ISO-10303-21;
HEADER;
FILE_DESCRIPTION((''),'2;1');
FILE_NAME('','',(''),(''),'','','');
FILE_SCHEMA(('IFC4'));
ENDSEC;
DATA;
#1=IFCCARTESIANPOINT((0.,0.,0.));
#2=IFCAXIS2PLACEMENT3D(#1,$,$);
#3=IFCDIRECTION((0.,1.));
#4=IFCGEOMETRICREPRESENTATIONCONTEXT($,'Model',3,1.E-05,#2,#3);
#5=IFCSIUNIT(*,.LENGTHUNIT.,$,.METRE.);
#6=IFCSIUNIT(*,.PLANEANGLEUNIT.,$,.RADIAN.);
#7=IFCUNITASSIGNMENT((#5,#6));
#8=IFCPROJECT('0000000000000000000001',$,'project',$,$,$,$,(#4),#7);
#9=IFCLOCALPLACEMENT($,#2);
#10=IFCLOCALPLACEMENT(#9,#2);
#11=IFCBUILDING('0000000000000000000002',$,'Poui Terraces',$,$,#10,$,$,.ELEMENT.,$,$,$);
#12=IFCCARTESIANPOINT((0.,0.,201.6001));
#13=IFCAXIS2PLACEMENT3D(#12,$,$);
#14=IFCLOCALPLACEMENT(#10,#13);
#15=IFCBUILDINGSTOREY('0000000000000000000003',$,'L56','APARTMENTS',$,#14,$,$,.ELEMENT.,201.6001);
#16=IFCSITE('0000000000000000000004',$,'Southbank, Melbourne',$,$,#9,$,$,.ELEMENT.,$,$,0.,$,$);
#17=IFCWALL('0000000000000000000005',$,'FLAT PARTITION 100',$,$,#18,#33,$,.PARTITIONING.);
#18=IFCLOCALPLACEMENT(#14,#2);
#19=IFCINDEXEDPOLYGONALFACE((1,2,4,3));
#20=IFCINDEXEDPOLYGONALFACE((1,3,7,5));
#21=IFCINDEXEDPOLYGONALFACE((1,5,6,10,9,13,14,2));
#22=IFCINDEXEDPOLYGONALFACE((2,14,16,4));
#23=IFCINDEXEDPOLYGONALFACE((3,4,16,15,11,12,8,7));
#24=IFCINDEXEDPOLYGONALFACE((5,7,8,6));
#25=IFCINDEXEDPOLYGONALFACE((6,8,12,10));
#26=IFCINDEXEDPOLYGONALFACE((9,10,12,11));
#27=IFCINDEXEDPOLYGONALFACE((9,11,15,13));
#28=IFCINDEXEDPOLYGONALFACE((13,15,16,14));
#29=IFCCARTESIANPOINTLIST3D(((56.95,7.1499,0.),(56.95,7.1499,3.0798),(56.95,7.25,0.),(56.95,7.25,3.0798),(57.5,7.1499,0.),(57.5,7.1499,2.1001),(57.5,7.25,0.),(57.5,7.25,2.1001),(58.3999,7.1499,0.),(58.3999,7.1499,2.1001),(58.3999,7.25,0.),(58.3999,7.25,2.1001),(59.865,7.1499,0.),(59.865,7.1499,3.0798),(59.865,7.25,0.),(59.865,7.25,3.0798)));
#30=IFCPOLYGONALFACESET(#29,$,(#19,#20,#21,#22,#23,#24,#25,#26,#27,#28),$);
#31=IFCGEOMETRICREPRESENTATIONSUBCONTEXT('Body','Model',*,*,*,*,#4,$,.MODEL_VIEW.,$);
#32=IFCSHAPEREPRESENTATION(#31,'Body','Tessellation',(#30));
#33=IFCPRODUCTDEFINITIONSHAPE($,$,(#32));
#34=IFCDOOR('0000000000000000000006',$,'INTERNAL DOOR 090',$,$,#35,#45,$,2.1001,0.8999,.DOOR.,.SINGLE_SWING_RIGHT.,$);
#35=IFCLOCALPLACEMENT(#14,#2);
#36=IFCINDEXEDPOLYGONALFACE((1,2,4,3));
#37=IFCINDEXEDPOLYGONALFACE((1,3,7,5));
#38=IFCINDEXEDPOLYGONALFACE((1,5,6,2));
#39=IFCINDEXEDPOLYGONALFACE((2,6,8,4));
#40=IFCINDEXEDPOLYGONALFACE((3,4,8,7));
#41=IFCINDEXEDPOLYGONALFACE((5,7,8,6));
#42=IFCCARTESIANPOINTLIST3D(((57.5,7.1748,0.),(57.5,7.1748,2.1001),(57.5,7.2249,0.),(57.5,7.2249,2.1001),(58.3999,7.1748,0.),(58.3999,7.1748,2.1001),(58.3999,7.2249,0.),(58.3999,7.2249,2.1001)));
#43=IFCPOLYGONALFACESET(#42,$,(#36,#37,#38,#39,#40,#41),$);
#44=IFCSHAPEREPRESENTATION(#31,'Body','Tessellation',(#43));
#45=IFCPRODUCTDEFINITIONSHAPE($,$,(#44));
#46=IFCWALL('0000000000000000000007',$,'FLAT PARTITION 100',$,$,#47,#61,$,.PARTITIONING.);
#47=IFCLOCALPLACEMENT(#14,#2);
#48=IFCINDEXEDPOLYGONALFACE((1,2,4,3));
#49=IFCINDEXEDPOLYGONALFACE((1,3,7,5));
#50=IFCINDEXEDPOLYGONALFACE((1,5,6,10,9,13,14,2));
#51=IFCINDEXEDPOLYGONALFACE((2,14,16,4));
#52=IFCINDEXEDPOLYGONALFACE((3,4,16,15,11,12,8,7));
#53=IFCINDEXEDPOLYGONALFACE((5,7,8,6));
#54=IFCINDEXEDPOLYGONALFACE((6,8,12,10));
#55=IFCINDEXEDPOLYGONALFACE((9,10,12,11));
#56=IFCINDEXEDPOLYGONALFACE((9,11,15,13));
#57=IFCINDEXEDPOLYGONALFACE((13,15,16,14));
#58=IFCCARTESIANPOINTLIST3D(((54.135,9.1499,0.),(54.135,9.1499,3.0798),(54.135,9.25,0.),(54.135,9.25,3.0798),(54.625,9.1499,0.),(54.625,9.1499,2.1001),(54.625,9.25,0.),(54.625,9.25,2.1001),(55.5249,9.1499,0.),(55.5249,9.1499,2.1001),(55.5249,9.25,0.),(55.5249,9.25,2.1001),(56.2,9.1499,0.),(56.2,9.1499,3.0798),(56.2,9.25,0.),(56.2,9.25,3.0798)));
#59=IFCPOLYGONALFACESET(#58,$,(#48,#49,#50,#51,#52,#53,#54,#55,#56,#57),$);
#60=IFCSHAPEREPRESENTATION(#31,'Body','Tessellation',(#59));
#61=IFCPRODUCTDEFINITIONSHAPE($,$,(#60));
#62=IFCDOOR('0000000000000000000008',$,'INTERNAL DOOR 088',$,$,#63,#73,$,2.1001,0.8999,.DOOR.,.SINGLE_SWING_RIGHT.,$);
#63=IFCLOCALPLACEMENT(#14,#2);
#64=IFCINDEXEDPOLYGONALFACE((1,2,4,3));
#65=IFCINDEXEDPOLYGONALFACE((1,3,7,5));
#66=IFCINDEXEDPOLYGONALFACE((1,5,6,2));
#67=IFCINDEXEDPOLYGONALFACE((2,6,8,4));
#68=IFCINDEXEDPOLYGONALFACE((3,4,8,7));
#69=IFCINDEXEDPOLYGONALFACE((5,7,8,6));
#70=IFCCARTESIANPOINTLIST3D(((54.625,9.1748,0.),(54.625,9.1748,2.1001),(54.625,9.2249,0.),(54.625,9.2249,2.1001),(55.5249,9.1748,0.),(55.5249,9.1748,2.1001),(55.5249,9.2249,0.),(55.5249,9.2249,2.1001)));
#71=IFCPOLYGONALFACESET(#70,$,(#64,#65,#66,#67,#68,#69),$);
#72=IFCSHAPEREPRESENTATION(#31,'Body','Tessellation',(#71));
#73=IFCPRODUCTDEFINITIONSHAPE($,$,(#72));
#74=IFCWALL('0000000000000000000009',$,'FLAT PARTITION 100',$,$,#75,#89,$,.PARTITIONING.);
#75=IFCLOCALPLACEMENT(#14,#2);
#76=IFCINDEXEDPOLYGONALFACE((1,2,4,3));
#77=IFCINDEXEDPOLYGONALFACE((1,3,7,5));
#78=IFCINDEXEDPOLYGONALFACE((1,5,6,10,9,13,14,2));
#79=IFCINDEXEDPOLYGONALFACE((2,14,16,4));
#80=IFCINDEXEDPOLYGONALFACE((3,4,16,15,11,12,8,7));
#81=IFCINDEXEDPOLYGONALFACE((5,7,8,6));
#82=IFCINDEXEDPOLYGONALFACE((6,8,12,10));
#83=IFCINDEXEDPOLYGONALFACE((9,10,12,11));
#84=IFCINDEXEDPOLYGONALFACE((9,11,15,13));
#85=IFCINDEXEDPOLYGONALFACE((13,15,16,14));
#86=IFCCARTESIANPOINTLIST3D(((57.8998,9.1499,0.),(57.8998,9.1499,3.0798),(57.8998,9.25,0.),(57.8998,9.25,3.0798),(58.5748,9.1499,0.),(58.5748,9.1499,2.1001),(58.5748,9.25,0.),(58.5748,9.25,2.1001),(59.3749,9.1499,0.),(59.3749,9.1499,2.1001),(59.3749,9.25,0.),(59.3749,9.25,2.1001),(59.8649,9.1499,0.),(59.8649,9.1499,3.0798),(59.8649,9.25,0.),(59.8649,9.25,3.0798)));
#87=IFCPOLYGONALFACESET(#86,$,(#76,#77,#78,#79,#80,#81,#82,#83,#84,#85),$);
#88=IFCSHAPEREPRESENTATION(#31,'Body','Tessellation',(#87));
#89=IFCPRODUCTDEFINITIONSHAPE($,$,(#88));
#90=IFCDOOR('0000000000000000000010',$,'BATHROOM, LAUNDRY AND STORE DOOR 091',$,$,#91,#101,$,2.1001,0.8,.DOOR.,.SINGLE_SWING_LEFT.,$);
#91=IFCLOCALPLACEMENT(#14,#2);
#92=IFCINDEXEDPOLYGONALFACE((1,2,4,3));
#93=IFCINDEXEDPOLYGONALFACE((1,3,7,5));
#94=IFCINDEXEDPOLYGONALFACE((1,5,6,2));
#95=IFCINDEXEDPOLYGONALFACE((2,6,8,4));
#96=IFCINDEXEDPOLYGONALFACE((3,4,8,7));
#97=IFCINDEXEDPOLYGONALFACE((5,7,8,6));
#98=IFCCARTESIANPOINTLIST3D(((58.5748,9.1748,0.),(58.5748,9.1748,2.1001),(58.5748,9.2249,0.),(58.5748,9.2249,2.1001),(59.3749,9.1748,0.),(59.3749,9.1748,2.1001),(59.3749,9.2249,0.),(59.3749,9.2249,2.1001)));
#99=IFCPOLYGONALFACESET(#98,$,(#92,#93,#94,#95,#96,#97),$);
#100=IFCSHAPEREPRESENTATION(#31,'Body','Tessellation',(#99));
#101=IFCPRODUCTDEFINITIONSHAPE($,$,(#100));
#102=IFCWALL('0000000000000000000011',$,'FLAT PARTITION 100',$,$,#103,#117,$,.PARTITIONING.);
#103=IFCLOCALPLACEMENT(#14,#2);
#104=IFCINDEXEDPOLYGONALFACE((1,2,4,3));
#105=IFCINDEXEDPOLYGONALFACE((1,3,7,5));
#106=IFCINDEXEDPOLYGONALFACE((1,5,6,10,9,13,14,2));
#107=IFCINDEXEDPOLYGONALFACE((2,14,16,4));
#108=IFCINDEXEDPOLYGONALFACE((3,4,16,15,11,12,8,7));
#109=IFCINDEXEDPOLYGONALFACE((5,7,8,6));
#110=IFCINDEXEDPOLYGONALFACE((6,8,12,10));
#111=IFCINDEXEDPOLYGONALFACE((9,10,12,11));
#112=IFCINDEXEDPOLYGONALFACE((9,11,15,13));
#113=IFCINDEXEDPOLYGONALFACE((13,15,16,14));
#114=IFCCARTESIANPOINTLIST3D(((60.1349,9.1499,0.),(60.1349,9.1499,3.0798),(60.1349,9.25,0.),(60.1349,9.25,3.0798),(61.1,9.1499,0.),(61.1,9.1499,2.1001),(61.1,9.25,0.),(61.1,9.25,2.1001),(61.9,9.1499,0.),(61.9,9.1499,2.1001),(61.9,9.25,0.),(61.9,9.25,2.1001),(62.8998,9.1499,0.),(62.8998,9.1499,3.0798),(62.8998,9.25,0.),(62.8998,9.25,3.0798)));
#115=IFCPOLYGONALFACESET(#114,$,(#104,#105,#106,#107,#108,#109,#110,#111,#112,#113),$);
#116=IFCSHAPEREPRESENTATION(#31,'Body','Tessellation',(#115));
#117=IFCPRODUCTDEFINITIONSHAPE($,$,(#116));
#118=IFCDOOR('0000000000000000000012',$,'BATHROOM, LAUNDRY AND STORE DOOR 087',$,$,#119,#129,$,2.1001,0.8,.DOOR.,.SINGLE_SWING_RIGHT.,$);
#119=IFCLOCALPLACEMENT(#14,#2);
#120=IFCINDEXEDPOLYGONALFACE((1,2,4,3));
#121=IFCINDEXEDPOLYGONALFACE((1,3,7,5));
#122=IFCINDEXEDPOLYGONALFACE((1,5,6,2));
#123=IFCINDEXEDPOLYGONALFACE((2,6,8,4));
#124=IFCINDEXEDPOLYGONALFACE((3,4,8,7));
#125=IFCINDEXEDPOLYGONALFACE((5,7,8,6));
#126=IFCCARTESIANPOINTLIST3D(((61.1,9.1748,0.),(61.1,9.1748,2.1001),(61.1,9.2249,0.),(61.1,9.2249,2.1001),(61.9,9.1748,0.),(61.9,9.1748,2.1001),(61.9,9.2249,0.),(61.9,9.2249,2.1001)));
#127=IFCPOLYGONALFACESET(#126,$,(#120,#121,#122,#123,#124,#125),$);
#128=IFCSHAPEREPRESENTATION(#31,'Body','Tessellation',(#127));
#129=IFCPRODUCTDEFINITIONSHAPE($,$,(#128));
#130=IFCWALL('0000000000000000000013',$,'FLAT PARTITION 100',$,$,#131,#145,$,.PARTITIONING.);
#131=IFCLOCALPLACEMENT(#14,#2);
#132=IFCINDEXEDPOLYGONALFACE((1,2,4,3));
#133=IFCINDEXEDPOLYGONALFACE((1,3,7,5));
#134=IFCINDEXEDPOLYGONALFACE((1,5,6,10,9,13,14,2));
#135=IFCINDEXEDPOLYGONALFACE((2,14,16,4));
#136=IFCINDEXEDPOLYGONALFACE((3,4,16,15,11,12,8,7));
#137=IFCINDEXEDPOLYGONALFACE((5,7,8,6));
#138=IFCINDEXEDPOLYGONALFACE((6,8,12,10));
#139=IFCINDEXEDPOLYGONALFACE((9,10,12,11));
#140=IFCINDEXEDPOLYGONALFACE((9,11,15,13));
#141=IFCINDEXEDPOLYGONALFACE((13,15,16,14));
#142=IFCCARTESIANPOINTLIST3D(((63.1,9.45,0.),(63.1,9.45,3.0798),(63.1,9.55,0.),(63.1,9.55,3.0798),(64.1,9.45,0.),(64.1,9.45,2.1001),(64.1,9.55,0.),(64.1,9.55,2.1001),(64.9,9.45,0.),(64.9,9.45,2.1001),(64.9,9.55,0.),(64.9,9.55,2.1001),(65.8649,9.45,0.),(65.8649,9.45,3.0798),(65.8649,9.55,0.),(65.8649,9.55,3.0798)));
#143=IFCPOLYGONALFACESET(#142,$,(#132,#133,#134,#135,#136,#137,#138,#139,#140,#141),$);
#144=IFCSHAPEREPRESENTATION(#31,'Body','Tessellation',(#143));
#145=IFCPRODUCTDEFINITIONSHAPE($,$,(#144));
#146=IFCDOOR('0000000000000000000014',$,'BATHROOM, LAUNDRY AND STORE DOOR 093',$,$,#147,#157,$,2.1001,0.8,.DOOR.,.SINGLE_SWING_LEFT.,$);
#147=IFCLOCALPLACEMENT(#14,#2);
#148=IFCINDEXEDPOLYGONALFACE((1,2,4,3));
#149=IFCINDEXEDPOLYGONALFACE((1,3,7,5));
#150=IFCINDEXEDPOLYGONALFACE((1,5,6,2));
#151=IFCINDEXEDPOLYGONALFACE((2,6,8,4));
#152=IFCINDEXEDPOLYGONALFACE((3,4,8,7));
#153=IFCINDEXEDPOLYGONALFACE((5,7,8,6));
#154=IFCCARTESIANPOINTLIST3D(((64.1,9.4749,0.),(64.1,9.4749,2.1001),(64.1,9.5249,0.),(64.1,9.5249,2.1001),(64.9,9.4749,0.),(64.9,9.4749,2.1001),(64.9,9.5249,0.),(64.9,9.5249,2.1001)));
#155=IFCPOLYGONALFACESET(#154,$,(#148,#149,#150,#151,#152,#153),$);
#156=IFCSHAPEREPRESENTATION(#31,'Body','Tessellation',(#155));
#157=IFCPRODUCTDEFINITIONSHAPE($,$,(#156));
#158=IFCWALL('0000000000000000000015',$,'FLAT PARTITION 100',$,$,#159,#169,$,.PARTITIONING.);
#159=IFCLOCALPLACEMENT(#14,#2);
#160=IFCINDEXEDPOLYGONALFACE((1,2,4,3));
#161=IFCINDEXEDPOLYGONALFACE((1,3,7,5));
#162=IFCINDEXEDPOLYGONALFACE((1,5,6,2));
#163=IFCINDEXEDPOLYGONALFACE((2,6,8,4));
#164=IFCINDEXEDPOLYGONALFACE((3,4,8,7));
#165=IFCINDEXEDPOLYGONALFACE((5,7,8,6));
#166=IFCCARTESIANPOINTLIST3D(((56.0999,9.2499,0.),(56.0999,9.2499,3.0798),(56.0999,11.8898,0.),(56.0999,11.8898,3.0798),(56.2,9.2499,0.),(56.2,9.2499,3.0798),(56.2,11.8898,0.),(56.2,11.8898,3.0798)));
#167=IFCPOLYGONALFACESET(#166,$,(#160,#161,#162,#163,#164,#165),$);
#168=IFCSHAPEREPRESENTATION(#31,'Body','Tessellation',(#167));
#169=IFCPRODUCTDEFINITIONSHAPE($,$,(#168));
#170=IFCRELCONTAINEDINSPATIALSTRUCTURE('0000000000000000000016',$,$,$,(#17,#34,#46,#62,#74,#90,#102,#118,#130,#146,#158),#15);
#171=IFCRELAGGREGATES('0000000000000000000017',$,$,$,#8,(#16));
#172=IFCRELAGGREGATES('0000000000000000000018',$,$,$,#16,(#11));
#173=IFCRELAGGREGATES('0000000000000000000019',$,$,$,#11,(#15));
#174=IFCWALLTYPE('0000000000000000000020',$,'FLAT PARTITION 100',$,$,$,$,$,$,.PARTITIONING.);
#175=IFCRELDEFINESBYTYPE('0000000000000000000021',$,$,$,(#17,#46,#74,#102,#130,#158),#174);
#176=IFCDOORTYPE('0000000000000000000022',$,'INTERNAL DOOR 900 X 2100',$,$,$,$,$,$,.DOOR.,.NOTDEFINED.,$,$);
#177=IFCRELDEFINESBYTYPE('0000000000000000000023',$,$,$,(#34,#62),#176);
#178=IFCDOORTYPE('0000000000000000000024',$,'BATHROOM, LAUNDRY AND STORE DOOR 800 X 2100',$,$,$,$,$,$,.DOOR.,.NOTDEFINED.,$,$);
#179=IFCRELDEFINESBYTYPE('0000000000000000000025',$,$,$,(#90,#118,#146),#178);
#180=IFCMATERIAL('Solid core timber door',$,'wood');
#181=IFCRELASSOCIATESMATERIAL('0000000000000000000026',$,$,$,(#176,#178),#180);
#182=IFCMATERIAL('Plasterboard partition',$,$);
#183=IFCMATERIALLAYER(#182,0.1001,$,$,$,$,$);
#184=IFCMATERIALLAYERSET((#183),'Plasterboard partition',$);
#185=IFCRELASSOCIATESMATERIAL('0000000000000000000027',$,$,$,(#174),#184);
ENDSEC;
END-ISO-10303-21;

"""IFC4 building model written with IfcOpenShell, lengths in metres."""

from ifc_helpers import new_model, si_unit, direction, frame, frame_2d, origin, place, context, subcontext, project, spatial, rectangle, extrude, material, layer, layer_set, type_object, element, fill, save


model = new_model("IFC4")

# Units and contexts
model_context = context("Model", 3, precision=1e-05, world=origin(), true_north=direction((0.0, 1.0)))
body_context = subcontext(model_context, "Body", "Model", "MODEL_VIEW")
ifc_project = project(units=[si_unit("LENGTHUNIT", "METRE"), si_unit("PLANEANGLEUNIT", "RADIAN")], contexts=[model_context])

# Site, building, storey
site_placement = place(None, origin())
site = spatial("IfcSite", under=ifc_project, at=site_placement, Name="Southbank, Melbourne", CompositionType="ELEMENT", RefElevation=0.0)
building_placement = place(site_placement, origin())
building = spatial("IfcBuilding", under=site, at=building_placement, Name="Poui Terraces", CompositionType="ELEMENT")
storey_placement = place(building_placement, frame((0.0, 0.0, 201.6001)))
storey = spatial("IfcBuildingStorey", under=building, at=storey_placement, Name="L56", Description="APARTMENTS", CompositionType="ELEMENT", Elevation=201.6001)

# Walls, openings, doors
ifc_material_1 = material(Name="Solid core timber door", Category="wood")
door_type_1 = type_object("IfcDoorType", Name="INTERNAL DOOR 900 X 2100", OperationType="NOTDEFINED", PredefinedType="DOOR", material=ifc_material_1)
ifc_material_2 = material(Name="Plasterboard partition")
ifc_layer_1 = layer(ifc_material_2, 0.1001)
ifc_layer_set_1 = layer_set([ifc_layer_1], Name="Plasterboard partition")
wall_type_1 = type_object("IfcWallType", Name="FLAT PARTITION 100", PredefinedType="PARTITIONING", material=ifc_layer_set_1)
wall_1_placement = place(storey_placement, frame((56.95, 7.2, 0.0), z_axis=(0.0, 0.0, 1.0), x_axis=(1.0, 0.0, 0.0)))
wall_1 = element("IfcWall", 1, at=wall_1_placement, inside=storey, type_object=wall_type_1, Name="FLAT PARTITION 100", PredefinedType="PARTITIONING", context=body_context, shape_type="SweptSolid", body=[
    extrude(rectangle(XDim=2.915, YDim=0.1001, at=frame_2d((1.4575, 0.0))), origin(), (0.0, 0.0, 1.0), 3.0798),
])
opening_1_placement = place(wall_1_placement, frame((0.55, 0.0, 0.0)))
opening_1 = element("IfcOpeningElement", 2, at=opening_1_placement, cuts=wall_1, PredefinedType="OPENING", context=body_context, shape_type="SweptSolid", body=[
    extrude(rectangle(XDim=0.8999, YDim=2.1001, at=frame_2d((0.45, 1.05))), frame((0.0, 0.0601, 0.0), z_axis=(0.0, -1.0, 0.0), x_axis=(1.0, 0.0, 0.0)), (0.0, 0.0, 1.0), 0.1201),
])
door_1_placement = place(opening_1_placement, origin())
door_1 = element("IfcDoor", 3, at=door_1_placement, inside=storey, type_object=door_type_1, Name="INTERNAL DOOR 090", OperationType="SINGLE_SWING_RIGHT", OverallHeight=2.1001, OverallWidth=0.8999, PredefinedType="DOOR", context=body_context, shape_type="SweptSolid", body=[
    extrude(rectangle(XDim=0.8999, YDim=2.1001, at=frame_2d((0.45, 1.05))), frame((0.0, 0.0249, 0.0), z_axis=(0.0, -1.0, 0.0), x_axis=(1.0, 0.0, 0.0)), (0.0, 0.0, 1.0), 0.05),
])
fill(opening_1, door_1)
wall_2_placement = place(storey_placement, frame((54.135, 9.2, 0.0), z_axis=(0.0, 0.0, 1.0), x_axis=(1.0, 0.0, 0.0)))
wall_2 = element("IfcWall", 4, at=wall_2_placement, inside=storey, type_object=wall_type_1, Name="FLAT PARTITION 100", PredefinedType="PARTITIONING", context=body_context, shape_type="SweptSolid", body=[
    extrude(rectangle(XDim=2.0649, YDim=0.1001, at=frame_2d((1.0325, 0.0))), origin(), (0.0, 0.0, 1.0), 3.0798),
])
opening_2_placement = place(wall_2_placement, frame((0.49, 0.0, 0.0)))
opening_2 = element("IfcOpeningElement", 5, at=opening_2_placement, cuts=wall_2, PredefinedType="OPENING", context=body_context, shape_type="SweptSolid", body=[
    extrude(rectangle(XDim=0.8999, YDim=2.1001, at=frame_2d((0.45, 1.05))), frame((0.0, 0.0601, 0.0), z_axis=(0.0, -1.0, 0.0), x_axis=(1.0, 0.0, 0.0)), (0.0, 0.0, 1.0), 0.1201),
])
door_2_placement = place(opening_2_placement, origin())
door_2 = element("IfcDoor", 6, at=door_2_placement, inside=storey, type_object=door_type_1, Name="INTERNAL DOOR 088", OperationType="SINGLE_SWING_RIGHT", OverallHeight=2.1001, OverallWidth=0.8999, PredefinedType="DOOR", context=body_context, shape_type="SweptSolid", body=[
    extrude(rectangle(XDim=0.8999, YDim=2.1001, at=frame_2d((0.45, 1.05))), frame((0.0, 0.0249, 0.0), z_axis=(0.0, -1.0, 0.0), x_axis=(1.0, 0.0, 0.0)), (0.0, 0.0, 1.0), 0.05),
])
fill(opening_2, door_2)
wall_3_placement = place(storey_placement, frame((57.8999, 9.2, 0.0), z_axis=(0.0, 0.0, 1.0), x_axis=(1.0, 0.0, 0.0)))
wall_3 = element("IfcWall", 7, at=wall_3_placement, inside=storey, type_object=wall_type_1, Name="FLAT PARTITION 100", PredefinedType="PARTITIONING", context=body_context, shape_type="SweptSolid", body=[
    extrude(rectangle(XDim=1.9651, YDim=0.1001, at=frame_2d((0.9824, 0.0))), origin(), (0.0, 0.0, 1.0), 3.0798),
])
opening_3_placement = place(wall_3_placement, frame((0.675, 0.0, 0.0)))
opening_3 = element("IfcOpeningElement", 8, at=opening_3_placement, cuts=wall_3, PredefinedType="OPENING", context=body_context, shape_type="SweptSolid", body=[
    extrude(rectangle(XDim=0.8, YDim=2.1001, at=frame_2d((0.3999, 1.05))), frame((0.0, 0.0601, 0.0), z_axis=(0.0, -1.0, 0.0), x_axis=(1.0, 0.0, 0.0)), (0.0, 0.0, 1.0), 0.1201),
])
door_type_2 = type_object("IfcDoorType", Name="BATHROOM, LAUNDRY AND STORE DOOR 800 X 2100", OperationType="NOTDEFINED", PredefinedType="DOOR", material=ifc_material_1)
door_3_placement = place(opening_3_placement, origin())
door_3 = element("IfcDoor", 9, at=door_3_placement, inside=storey, type_object=door_type_2, Name="BATHROOM, LAUNDRY AND STORE DOOR 091", OperationType="SINGLE_SWING_LEFT", OverallHeight=2.1001, OverallWidth=0.8, PredefinedType="DOOR", context=body_context, shape_type="SweptSolid", body=[
    extrude(rectangle(XDim=0.8, YDim=2.1001, at=frame_2d((0.3999, 1.05))), frame((0.0, 0.0249, 0.0), z_axis=(0.0, -1.0, 0.0), x_axis=(1.0, 0.0, 0.0)), (0.0, 0.0, 1.0), 0.05),
])
fill(opening_3, door_3)
wall_4_placement = place(storey_placement, frame((60.135, 9.2, 0.0), z_axis=(0.0, 0.0, 1.0), x_axis=(1.0, 0.0, 0.0)))
wall_4 = element("IfcWall", 10, at=wall_4_placement, inside=storey, type_object=wall_type_1, Name="FLAT PARTITION 100", PredefinedType="PARTITIONING", context=body_context, shape_type="SweptSolid", body=[
    extrude(rectangle(XDim=2.7649, YDim=0.1001, at=frame_2d((1.3823, 0.0))), origin(), (0.0, 0.0, 1.0), 3.0798),
])
opening_4_placement = place(wall_4_placement, frame((0.9651, 0.0, 0.0)))
opening_4 = element("IfcOpeningElement", 11, at=opening_4_placement, cuts=wall_4, PredefinedType="OPENING", context=body_context, shape_type="SweptSolid", body=[
    extrude(rectangle(XDim=0.8, YDim=2.1001, at=frame_2d((0.3999, 1.05))), frame((0.0, 0.0601, 0.0), z_axis=(0.0, -1.0, 0.0), x_axis=(1.0, 0.0, 0.0)), (0.0, 0.0, 1.0), 0.1201),
])
door_4_placement = place(opening_4_placement, origin())
door_4 = element("IfcDoor", 12, at=door_4_placement, inside=storey, type_object=door_type_2, Name="BATHROOM, LAUNDRY AND STORE DOOR 087", OperationType="SINGLE_SWING_RIGHT", OverallHeight=2.1001, OverallWidth=0.8, PredefinedType="DOOR", context=body_context, shape_type="SweptSolid", body=[
    extrude(rectangle(XDim=0.8, YDim=2.1001, at=frame_2d((0.3999, 1.05))), frame((0.0, 0.0249, 0.0), z_axis=(0.0, -1.0, 0.0), x_axis=(1.0, 0.0, 0.0)), (0.0, 0.0, 1.0), 0.05),
])
fill(opening_4, door_4)
wall_5_placement = place(storey_placement, frame((63.1001, 9.5, 0.0), z_axis=(0.0, 0.0, 1.0), x_axis=(1.0, 0.0, 0.0)))
wall_5 = element("IfcWall", 13, at=wall_5_placement, inside=storey, type_object=wall_type_1, Name="FLAT PARTITION 100", PredefinedType="PARTITIONING", context=body_context, shape_type="SweptSolid", body=[
    extrude(rectangle(XDim=2.7649, YDim=0.1001, at=frame_2d((1.3823, 0.0))), origin(), (0.0, 0.0, 1.0), 3.0798),
])
opening_5_placement = place(wall_5_placement, frame((1.0, 0.0, 0.0)))
opening_5 = element("IfcOpeningElement", 14, at=opening_5_placement, cuts=wall_5, PredefinedType="OPENING", context=body_context, shape_type="SweptSolid", body=[
    extrude(rectangle(XDim=0.8, YDim=2.1001, at=frame_2d((0.3999, 1.05))), frame((0.0, 0.0601, 0.0), z_axis=(0.0, -1.0, 0.0), x_axis=(1.0, 0.0, 0.0)), (0.0, 0.0, 1.0), 0.1201),
])
door_5_placement = place(opening_5_placement, origin())
door_5 = element("IfcDoor", 15, at=door_5_placement, inside=storey, type_object=door_type_2, Name="BATHROOM, LAUNDRY AND STORE DOOR 093", OperationType="SINGLE_SWING_LEFT", OverallHeight=2.1001, OverallWidth=0.8, PredefinedType="DOOR", context=body_context, shape_type="SweptSolid", body=[
    extrude(rectangle(XDim=0.8, YDim=2.1001, at=frame_2d((0.3999, 1.05))), frame((0.0, 0.0249, 0.0), z_axis=(0.0, -1.0, 0.0), x_axis=(1.0, 0.0, 0.0)), (0.0, 0.0, 1.0), 0.05),
])
fill(opening_5, door_5)

# Wall
wall_6_placement = place(storey_placement, frame((56.1499, 9.25, 0.0), z_axis=(0.0, 0.0, 1.0), x_axis=(0.0, 1.0, 0.0)))
element("IfcWall", 16, at=wall_6_placement, inside=storey, type_object=wall_type_1, Name="FLAT PARTITION 100", PredefinedType="PARTITIONING", context=body_context, shape_type="SweptSolid", body=[
    extrude(rectangle(XDim=2.6399, YDim=0.1001, at=frame_2d((1.3198, 0.0))), origin(), (0.0, 0.0, 1.0), 3.0798),
])

save(model, "model.ifc")
